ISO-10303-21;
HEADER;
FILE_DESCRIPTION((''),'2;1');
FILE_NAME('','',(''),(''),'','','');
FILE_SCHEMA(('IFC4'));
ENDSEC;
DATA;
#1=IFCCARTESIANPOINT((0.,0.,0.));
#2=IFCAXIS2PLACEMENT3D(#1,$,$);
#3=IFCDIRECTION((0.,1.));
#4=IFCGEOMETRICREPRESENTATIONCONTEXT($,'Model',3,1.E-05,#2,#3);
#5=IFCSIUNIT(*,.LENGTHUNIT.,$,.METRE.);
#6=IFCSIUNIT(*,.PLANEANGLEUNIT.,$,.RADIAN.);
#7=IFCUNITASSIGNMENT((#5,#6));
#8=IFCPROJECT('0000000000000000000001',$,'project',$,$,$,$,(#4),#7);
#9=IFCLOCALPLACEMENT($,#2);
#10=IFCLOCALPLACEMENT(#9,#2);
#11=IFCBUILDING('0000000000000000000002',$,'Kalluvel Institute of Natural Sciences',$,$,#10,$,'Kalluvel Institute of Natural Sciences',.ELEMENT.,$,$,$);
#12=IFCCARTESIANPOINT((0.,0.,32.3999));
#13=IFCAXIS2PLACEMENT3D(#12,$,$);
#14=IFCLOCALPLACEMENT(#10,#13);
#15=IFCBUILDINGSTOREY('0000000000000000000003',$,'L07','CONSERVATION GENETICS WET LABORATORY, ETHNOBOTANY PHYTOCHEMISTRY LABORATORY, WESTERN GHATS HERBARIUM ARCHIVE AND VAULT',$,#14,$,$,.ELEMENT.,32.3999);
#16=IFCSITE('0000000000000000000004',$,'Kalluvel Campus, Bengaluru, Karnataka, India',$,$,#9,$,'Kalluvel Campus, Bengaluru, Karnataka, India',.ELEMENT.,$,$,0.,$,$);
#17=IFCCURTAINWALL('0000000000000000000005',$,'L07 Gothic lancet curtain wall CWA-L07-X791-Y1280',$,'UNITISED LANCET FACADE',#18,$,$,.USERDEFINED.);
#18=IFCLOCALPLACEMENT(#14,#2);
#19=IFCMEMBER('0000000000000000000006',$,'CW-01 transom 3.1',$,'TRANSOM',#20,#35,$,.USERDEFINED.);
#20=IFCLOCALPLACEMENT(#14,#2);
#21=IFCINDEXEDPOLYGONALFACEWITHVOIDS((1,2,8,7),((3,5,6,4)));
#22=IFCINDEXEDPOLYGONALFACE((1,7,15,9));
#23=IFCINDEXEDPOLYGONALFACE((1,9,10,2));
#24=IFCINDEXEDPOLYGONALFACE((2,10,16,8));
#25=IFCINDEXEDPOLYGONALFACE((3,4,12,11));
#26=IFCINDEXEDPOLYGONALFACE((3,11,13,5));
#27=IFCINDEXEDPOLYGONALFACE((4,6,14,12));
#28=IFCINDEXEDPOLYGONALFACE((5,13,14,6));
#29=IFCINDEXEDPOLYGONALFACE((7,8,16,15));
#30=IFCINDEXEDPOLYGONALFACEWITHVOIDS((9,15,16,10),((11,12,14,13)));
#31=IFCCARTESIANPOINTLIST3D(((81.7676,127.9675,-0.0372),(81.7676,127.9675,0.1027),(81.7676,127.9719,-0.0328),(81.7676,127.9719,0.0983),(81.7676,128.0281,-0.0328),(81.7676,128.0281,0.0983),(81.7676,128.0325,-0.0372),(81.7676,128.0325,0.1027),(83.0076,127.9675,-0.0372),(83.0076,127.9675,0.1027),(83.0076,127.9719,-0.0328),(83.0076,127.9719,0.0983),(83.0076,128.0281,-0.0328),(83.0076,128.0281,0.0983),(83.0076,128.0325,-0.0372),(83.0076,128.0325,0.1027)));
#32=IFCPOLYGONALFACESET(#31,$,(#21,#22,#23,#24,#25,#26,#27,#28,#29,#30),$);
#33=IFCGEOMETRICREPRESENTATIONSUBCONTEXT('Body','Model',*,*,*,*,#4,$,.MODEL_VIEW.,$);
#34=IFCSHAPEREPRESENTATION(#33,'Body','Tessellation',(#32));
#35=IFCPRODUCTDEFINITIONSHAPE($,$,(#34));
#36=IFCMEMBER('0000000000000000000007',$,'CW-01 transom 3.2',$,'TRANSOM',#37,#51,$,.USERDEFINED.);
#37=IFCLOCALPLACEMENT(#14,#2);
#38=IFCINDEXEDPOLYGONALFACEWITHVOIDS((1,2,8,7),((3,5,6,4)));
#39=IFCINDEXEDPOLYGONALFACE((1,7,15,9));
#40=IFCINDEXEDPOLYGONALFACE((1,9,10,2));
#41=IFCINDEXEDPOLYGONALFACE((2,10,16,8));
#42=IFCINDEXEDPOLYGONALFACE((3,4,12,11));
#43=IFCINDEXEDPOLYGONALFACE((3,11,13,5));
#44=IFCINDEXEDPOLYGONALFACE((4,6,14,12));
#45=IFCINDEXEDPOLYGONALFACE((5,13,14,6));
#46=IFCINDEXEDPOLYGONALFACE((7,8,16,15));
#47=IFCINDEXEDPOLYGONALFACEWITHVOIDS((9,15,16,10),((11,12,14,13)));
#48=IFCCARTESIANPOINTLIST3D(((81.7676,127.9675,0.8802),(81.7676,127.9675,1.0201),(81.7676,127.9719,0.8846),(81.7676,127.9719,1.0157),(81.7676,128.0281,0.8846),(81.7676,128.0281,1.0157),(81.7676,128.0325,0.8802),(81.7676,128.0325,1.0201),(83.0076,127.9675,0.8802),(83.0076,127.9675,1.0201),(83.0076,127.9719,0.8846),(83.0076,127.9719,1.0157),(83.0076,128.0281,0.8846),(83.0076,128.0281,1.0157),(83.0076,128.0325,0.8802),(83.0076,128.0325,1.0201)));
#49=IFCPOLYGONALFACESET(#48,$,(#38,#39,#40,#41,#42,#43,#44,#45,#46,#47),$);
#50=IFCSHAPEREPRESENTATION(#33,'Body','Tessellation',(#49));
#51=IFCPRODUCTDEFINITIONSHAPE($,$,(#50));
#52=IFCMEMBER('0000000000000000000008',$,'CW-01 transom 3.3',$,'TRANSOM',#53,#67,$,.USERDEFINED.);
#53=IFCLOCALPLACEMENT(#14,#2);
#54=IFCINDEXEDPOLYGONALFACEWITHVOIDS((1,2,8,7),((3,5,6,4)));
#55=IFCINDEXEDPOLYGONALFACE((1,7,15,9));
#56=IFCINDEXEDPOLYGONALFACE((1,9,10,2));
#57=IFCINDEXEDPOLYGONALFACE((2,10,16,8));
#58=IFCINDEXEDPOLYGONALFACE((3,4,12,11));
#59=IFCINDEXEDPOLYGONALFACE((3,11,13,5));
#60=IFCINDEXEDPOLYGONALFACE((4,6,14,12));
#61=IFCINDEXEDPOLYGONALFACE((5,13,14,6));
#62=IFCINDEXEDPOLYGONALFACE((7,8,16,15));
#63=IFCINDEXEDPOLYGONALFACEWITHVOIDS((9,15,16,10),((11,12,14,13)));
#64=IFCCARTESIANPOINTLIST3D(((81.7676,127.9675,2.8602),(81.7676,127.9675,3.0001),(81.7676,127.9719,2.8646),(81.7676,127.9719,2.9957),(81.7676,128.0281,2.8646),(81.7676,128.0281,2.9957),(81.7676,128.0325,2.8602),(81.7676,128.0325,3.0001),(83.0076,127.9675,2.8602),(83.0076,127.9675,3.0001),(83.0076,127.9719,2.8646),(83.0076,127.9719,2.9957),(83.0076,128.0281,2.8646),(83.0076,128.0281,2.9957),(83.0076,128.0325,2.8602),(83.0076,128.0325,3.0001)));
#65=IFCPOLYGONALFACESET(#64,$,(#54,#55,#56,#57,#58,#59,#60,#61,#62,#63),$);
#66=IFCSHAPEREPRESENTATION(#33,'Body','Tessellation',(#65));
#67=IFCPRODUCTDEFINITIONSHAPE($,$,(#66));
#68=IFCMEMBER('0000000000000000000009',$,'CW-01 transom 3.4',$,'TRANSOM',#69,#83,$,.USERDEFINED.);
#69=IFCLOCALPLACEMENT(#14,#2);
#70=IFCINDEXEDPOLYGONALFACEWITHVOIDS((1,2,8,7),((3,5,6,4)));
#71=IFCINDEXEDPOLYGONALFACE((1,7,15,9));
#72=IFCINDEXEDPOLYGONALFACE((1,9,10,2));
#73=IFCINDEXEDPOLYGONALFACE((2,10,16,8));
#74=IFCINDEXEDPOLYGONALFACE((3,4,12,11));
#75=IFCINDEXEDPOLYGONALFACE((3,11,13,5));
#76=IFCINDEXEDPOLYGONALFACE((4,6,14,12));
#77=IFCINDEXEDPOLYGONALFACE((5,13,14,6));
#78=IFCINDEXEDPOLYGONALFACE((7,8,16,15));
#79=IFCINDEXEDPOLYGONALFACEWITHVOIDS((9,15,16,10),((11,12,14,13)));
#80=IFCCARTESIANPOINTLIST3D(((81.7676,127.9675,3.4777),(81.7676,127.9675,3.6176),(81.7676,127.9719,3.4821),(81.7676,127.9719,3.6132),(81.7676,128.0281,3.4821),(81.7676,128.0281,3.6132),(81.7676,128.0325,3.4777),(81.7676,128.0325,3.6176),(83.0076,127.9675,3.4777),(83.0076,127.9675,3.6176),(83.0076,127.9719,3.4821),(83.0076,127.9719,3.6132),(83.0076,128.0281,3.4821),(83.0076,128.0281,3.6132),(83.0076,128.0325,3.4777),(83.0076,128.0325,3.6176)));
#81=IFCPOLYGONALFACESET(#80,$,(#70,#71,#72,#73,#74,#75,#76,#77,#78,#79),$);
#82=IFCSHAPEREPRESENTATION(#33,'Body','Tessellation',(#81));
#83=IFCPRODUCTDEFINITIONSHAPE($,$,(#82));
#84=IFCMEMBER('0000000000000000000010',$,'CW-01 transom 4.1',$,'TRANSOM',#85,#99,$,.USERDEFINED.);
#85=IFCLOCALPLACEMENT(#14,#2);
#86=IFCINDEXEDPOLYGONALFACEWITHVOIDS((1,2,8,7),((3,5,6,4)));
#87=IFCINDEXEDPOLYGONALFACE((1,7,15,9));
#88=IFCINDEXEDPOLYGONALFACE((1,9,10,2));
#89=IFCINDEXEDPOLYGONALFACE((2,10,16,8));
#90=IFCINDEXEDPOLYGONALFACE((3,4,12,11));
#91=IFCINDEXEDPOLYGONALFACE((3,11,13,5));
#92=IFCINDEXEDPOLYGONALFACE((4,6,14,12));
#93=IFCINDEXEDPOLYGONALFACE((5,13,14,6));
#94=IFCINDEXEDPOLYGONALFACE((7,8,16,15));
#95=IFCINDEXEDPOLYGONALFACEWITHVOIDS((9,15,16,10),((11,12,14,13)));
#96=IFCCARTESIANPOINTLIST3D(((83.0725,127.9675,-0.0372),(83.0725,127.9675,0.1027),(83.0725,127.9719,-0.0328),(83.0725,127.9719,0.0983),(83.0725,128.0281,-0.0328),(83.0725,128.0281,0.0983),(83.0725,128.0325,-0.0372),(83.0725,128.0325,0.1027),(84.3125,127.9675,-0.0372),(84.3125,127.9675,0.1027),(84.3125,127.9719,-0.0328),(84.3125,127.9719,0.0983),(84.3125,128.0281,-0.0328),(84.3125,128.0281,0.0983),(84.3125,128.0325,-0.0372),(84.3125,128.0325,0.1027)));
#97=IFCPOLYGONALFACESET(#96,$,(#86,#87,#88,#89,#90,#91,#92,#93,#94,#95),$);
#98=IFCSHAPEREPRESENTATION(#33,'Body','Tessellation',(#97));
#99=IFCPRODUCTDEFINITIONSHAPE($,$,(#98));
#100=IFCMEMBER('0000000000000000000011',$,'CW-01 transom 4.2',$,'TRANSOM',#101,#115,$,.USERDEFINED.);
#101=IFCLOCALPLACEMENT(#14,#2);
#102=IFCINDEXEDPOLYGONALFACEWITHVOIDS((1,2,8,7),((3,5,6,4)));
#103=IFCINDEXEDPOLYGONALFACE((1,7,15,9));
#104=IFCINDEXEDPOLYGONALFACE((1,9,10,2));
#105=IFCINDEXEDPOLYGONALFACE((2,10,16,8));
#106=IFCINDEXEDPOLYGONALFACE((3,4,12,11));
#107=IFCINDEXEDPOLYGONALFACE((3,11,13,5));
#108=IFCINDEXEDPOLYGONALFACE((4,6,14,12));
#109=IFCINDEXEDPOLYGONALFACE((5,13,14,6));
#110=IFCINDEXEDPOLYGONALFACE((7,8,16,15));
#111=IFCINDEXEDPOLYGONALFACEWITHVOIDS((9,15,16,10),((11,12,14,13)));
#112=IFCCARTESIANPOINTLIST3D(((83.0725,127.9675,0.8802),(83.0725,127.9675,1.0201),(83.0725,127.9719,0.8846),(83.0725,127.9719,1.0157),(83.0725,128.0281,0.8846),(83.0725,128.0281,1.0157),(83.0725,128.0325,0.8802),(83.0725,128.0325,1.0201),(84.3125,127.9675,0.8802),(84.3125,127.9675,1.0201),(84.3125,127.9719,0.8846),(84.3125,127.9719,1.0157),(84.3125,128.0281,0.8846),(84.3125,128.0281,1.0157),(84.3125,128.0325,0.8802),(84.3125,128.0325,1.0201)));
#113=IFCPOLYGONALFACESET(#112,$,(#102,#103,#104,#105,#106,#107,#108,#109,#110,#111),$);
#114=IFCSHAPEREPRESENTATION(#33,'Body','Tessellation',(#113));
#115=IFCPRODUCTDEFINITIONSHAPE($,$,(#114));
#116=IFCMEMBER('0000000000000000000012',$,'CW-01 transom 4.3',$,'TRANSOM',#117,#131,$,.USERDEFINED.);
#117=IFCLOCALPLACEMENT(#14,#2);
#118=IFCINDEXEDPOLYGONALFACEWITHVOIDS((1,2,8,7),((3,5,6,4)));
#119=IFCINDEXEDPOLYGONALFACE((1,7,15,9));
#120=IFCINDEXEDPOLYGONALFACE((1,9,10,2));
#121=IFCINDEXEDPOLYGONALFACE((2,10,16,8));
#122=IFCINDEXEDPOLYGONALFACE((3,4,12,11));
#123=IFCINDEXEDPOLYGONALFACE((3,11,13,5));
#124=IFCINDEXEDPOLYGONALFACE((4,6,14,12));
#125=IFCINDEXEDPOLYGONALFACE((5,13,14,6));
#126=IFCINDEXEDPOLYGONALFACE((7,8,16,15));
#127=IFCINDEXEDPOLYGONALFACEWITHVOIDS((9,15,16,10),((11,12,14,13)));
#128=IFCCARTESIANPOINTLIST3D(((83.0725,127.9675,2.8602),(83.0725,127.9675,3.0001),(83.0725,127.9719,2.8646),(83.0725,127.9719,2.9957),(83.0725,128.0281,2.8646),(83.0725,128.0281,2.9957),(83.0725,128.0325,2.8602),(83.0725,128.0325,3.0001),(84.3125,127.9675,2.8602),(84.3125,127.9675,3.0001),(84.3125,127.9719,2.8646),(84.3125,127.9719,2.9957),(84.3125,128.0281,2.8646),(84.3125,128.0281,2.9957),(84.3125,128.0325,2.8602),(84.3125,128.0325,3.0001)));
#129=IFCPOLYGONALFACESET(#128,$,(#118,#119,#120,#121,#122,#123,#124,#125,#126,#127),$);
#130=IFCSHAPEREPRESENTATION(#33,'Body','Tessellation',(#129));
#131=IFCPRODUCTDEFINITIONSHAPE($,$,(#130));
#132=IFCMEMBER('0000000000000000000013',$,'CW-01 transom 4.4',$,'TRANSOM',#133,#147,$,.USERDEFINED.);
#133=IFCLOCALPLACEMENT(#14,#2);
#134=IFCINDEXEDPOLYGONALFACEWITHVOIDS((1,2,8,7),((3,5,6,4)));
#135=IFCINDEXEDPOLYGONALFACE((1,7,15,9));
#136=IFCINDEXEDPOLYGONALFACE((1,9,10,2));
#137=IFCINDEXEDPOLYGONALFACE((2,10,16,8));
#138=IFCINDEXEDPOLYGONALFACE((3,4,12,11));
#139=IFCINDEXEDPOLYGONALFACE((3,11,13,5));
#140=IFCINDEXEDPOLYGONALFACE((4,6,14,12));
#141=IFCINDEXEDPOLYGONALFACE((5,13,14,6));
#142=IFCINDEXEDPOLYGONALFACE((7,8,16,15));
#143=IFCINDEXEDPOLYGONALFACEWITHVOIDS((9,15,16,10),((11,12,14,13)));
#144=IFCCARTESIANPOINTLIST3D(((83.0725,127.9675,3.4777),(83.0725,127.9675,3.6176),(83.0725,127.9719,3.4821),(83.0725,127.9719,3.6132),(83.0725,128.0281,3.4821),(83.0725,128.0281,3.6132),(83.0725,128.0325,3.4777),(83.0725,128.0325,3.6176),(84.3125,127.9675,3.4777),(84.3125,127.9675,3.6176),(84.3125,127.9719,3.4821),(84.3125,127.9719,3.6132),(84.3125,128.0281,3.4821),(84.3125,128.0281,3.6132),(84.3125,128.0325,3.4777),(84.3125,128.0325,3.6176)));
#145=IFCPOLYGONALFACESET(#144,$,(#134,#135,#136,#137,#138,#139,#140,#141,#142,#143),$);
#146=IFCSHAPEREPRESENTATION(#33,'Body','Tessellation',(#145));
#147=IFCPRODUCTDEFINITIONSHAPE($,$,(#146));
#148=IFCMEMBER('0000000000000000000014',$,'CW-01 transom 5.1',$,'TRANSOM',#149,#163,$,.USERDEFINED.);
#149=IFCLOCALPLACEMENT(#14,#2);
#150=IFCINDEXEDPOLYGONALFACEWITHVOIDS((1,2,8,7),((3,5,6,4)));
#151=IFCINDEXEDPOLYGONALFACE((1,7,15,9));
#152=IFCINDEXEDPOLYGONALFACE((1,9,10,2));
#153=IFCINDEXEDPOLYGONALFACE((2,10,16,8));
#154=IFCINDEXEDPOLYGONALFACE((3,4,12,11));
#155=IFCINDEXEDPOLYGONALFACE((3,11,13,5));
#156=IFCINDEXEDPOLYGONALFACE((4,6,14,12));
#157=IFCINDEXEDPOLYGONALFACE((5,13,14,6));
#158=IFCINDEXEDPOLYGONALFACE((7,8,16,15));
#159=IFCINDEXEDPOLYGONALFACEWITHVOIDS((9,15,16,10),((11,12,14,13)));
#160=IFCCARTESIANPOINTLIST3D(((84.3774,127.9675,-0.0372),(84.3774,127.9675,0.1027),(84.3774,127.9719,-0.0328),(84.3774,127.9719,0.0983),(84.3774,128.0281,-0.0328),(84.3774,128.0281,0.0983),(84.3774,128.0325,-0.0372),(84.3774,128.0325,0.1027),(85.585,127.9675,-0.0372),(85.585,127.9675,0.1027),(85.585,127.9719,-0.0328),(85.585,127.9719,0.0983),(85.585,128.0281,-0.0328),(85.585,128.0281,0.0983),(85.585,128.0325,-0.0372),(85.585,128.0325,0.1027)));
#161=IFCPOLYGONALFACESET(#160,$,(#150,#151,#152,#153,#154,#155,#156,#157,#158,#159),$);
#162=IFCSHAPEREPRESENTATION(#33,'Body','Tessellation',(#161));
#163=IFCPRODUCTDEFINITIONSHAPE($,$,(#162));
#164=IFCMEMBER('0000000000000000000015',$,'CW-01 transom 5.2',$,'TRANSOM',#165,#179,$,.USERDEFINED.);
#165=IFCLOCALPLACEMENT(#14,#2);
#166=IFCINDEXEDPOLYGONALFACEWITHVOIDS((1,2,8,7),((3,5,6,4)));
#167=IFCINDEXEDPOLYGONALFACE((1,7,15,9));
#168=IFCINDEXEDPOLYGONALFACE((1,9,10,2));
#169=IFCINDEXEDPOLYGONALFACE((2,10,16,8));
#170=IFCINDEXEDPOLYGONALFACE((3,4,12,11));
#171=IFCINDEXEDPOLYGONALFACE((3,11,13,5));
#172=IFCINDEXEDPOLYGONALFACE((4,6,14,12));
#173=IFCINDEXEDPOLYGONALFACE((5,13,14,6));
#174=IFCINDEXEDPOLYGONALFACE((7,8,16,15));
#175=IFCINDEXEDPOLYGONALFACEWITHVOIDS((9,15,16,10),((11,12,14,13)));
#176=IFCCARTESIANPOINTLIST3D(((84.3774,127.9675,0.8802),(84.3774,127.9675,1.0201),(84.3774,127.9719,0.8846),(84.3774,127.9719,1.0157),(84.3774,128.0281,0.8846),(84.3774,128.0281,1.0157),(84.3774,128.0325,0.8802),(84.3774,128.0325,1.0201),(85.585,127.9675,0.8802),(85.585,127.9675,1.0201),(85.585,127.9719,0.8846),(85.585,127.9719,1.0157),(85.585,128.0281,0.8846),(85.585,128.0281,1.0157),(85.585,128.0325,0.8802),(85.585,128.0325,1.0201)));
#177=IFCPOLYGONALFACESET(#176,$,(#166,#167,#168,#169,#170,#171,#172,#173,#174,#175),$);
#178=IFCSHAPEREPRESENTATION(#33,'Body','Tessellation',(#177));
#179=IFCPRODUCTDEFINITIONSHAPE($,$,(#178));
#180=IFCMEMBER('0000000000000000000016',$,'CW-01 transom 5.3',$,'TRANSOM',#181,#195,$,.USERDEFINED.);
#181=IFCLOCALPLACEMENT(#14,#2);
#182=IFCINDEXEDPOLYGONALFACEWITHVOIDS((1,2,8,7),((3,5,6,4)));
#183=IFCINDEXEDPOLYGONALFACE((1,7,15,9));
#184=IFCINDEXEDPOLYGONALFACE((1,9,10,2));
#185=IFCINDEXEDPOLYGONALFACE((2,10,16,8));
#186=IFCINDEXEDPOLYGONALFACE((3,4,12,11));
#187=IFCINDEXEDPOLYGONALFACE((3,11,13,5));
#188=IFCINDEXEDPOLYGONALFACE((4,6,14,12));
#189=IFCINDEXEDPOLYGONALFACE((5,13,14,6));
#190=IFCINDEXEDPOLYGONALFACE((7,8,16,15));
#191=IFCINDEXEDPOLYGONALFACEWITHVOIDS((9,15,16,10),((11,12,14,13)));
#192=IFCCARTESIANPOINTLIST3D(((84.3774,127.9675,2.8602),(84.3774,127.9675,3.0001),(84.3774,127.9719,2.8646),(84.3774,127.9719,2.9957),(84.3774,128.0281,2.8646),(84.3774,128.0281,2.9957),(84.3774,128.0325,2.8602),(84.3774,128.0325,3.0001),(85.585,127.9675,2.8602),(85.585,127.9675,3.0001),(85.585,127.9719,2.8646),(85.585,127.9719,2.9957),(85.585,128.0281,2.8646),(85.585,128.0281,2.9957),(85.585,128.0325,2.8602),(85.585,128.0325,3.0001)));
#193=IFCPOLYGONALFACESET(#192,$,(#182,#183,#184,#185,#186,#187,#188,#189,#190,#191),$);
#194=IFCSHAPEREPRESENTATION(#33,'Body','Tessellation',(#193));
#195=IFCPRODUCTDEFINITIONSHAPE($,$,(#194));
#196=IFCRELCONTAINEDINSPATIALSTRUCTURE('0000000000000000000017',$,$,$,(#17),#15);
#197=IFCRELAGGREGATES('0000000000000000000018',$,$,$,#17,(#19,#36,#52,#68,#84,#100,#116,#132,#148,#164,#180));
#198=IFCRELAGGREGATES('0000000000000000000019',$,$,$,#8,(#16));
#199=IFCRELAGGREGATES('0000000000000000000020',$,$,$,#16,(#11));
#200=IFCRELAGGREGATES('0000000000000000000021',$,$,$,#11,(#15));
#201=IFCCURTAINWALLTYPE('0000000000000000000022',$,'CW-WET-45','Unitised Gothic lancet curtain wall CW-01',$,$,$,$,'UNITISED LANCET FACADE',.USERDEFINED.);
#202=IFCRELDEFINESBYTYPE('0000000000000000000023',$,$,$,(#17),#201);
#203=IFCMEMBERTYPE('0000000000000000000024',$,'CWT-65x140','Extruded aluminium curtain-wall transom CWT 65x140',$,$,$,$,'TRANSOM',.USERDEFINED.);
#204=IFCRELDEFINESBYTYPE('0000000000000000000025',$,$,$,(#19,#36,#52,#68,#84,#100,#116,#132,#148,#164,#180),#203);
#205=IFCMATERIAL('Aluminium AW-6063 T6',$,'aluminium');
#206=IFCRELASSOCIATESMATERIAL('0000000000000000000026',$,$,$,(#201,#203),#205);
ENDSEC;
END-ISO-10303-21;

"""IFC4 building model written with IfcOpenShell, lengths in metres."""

from ifc_helpers import new_model, si_unit, direction, frame, origin, origin_2d, place, context, subcontext, project, spatial, hollow_rectangle, extrude, material, material_profile, profile_set, type_object, element, aggregate, save


model = new_model("IFC4")

# Units and contexts
model_context = context("Model", 3, precision=1e-05, world=origin(), true_north=direction((0.0, 1.0)))
body_context = subcontext(model_context, "Body", "Model", "MODEL_VIEW")
ifc_project = project(units=[si_unit("LENGTHUNIT", "METRE"), si_unit("PLANEANGLEUNIT", "RADIAN")], contexts=[model_context])

# Site, building, storey
site_placement = place(None, origin())
site = spatial("IfcSite", under=ifc_project, at=site_placement, Name="Kalluvel Campus, Bengaluru, Karnataka, India", LongName="Kalluvel Campus, Bengaluru, Karnataka, India", CompositionType="ELEMENT", RefElevation=0.0)
building_placement = place(site_placement, origin())
building = spatial("IfcBuilding", under=site, at=building_placement, Name="Kalluvel Institute of Natural Sciences", LongName="Kalluvel Institute of Natural Sciences", CompositionType="ELEMENT")
storey_placement = place(building_placement, frame((0.0, 0.0, 32.3999)))
storey = spatial("IfcBuildingStorey", under=building, at=storey_placement, Name="L07", Description="CONSERVATION GENETICS WET LABORATORY, ETHNOBOTANY PHYTOCHEMISTRY LABORATORY, WESTERN GHATS HERBARIUM ARCHIVE AND VAULT", CompositionType="ELEMENT", Elevation=32.3999)

# Curtain wall, members
ifc_material_1 = material(Name="Aluminium AW-6063 T6", Category="aluminium")
curtain_wall_type = type_object("IfcCurtainWallType", Name="CW-WET-45", Description="Unitised Gothic lancet curtain wall CW-01", ElementType="UNITISED LANCET FACADE", PredefinedType="USERDEFINED", material=ifc_material_1)
curtain_wall_placement = place(storey_placement, origin())
curtain_wall = element("IfcCurtainWall", 1, at=curtain_wall_placement, inside=storey, type_object=curtain_wall_type, Name="L07 Gothic lancet curtain wall CWA-L07-X791-Y1280", ObjectType="UNITISED LANCET FACADE", PredefinedType="USERDEFINED")
ifc_material_profile_1 = material_profile(ifc_material_1, hollow_rectangle(XDim=0.0649, YDim=0.1399, WallThickness=0.0044, at=origin_2d()), Name="CWT 65x140")
ifc_profile_set_1 = profile_set([ifc_material_profile_1], Name="Aluminium AW-6063 T6")
member_type_1 = type_object("IfcMemberType", Name="CWT-65x140", Description="Extruded aluminium curtain-wall transom CWT 65x140", ElementType="TRANSOM", PredefinedType="USERDEFINED", material=ifc_profile_set_1)
member_1_placement = place(storey_placement, frame((81.7676, 128.0, 0.0327), z_axis=(1.0, 0.0, 0.0), x_axis=(0.0, 1.0, 0.0)))
member_1 = element("IfcMember", 2, at=member_1_placement, type_object=member_type_1, Name="CW-01 transom 3.1", ObjectType="TRANSOM", PredefinedType="USERDEFINED", context=body_context, shape_type="SweptSolid", body=[
    extrude(hollow_rectangle(XDim=0.0649, YDim=0.1399, WallThickness=0.0044, at=origin_2d()), origin(), (0.0, 0.0, 1.0), 1.24),
])
member_2_placement = place(storey_placement, frame((81.7676, 128.0, 0.9502), z_axis=(1.0, 0.0, 0.0), x_axis=(0.0, 1.0, 0.0)))
member_2 = element("IfcMember", 3, at=member_2_placement, type_object=member_type_1, Name="CW-01 transom 3.2", ObjectType="TRANSOM", PredefinedType="USERDEFINED", context=body_context, shape_type="SweptSolid", body=[
    extrude(hollow_rectangle(XDim=0.0649, YDim=0.1399, WallThickness=0.0044, at=origin_2d()), origin(), (0.0, 0.0, 1.0), 1.24),
])
member_3_placement = place(storey_placement, frame((81.7676, 128.0, 2.9302), z_axis=(1.0, 0.0, 0.0), x_axis=(0.0, 1.0, 0.0)))
member_3 = element("IfcMember", 4, at=member_3_placement, type_object=member_type_1, Name="CW-01 transom 3.3", ObjectType="TRANSOM", PredefinedType="USERDEFINED", context=body_context, shape_type="SweptSolid", body=[
    extrude(hollow_rectangle(XDim=0.0649, YDim=0.1399, WallThickness=0.0044, at=origin_2d()), origin(), (0.0, 0.0, 1.0), 1.24),
])
member_4_placement = place(storey_placement, frame((81.7676, 128.0, 3.5476), z_axis=(1.0, 0.0, 0.0), x_axis=(0.0, 1.0, 0.0)))
member_4 = element("IfcMember", 5, at=member_4_placement, type_object=member_type_1, Name="CW-01 transom 3.4", ObjectType="TRANSOM", PredefinedType="USERDEFINED", context=body_context, shape_type="SweptSolid", body=[
    extrude(hollow_rectangle(XDim=0.0649, YDim=0.1399, WallThickness=0.0044, at=origin_2d()), origin(), (0.0, 0.0, 1.0), 1.24),
])
member_5_placement = place(storey_placement, frame((83.0725, 128.0, 0.0327), z_axis=(1.0, 0.0, 0.0), x_axis=(0.0, 1.0, 0.0)))
member_5 = element("IfcMember", 6, at=member_5_placement, type_object=member_type_1, Name="CW-01 transom 4.1", ObjectType="TRANSOM", PredefinedType="USERDEFINED", context=body_context, shape_type="SweptSolid", body=[
    extrude(hollow_rectangle(XDim=0.0649, YDim=0.1399, WallThickness=0.0044, at=origin_2d()), origin(), (0.0, 0.0, 1.0), 1.24),
])
member_6_placement = place(storey_placement, frame((83.0725, 128.0, 0.9502), z_axis=(1.0, 0.0, 0.0), x_axis=(0.0, 1.0, 0.0)))
member_6 = element("IfcMember", 7, at=member_6_placement, type_object=member_type_1, Name="CW-01 transom 4.2", ObjectType="TRANSOM", PredefinedType="USERDEFINED", context=body_context, shape_type="SweptSolid", body=[
    extrude(hollow_rectangle(XDim=0.0649, YDim=0.1399, WallThickness=0.0044, at=origin_2d()), origin(), (0.0, 0.0, 1.0), 1.24),
])
member_7_placement = place(storey_placement, frame((83.0725, 128.0, 2.9302), z_axis=(1.0, 0.0, 0.0), x_axis=(0.0, 1.0, 0.0)))
member_7 = element("IfcMember", 8, at=member_7_placement, type_object=member_type_1, Name="CW-01 transom 4.3", ObjectType="TRANSOM", PredefinedType="USERDEFINED", context=body_context, shape_type="SweptSolid", body=[
    extrude(hollow_rectangle(XDim=0.0649, YDim=0.1399, WallThickness=0.0044, at=origin_2d()), origin(), (0.0, 0.0, 1.0), 1.24),
])
member_8_placement = place(storey_placement, frame((83.0725, 128.0, 3.5476), z_axis=(1.0, 0.0, 0.0), x_axis=(0.0, 1.0, 0.0)))
member_8 = element("IfcMember", 9, at=member_8_placement, type_object=member_type_1, Name="CW-01 transom 4.4", ObjectType="TRANSOM", PredefinedType="USERDEFINED", context=body_context, shape_type="SweptSolid", body=[
    extrude(hollow_rectangle(XDim=0.0649, YDim=0.1399, WallThickness=0.0044, at=origin_2d()), origin(), (0.0, 0.0, 1.0), 1.24),
])
member_9_placement = place(storey_placement, frame((84.3774, 128.0, 0.0327), z_axis=(1.0, 0.0, 0.0), x_axis=(0.0, 1.0, 0.0)))
member_9 = element("IfcMember", 10, at=member_9_placement, type_object=member_type_1, Name="CW-01 transom 5.1", ObjectType="TRANSOM", PredefinedType="USERDEFINED", context=body_context, shape_type="SweptSolid", body=[
    extrude(hollow_rectangle(XDim=0.0649, YDim=0.1399, WallThickness=0.0044, at=origin_2d()), origin(), (0.0, 0.0, 1.0), 1.2075),
])
member_10_placement = place(storey_placement, frame((84.3774, 128.0, 0.9502), z_axis=(1.0, 0.0, 0.0), x_axis=(0.0, 1.0, 0.0)))
member_10 = element("IfcMember", 11, at=member_10_placement, type_object=member_type_1, Name="CW-01 transom 5.2", ObjectType="TRANSOM", PredefinedType="USERDEFINED", context=body_context, shape_type="SweptSolid", body=[
    extrude(hollow_rectangle(XDim=0.0649, YDim=0.1399, WallThickness=0.0044, at=origin_2d()), origin(), (0.0, 0.0, 1.0), 1.2075),
])
member_11_placement = place(storey_placement, frame((84.3774, 128.0, 2.9302), z_axis=(1.0, 0.0, 0.0), x_axis=(0.0, 1.0, 0.0)))
member_11 = element("IfcMember", 12, at=member_11_placement, type_object=member_type_1, Name="CW-01 transom 5.3", ObjectType="TRANSOM", PredefinedType="USERDEFINED", context=body_context, shape_type="SweptSolid", body=[
    extrude(hollow_rectangle(XDim=0.0649, YDim=0.1399, WallThickness=0.0044, at=origin_2d()), origin(), (0.0, 0.0, 1.0), 1.2075),
])
aggregate(curtain_wall, [member_1, member_2, member_3, member_4, member_5, member_6, member_7, member_8, member_9, member_10, member_11])

save(model, "model.ifc")
